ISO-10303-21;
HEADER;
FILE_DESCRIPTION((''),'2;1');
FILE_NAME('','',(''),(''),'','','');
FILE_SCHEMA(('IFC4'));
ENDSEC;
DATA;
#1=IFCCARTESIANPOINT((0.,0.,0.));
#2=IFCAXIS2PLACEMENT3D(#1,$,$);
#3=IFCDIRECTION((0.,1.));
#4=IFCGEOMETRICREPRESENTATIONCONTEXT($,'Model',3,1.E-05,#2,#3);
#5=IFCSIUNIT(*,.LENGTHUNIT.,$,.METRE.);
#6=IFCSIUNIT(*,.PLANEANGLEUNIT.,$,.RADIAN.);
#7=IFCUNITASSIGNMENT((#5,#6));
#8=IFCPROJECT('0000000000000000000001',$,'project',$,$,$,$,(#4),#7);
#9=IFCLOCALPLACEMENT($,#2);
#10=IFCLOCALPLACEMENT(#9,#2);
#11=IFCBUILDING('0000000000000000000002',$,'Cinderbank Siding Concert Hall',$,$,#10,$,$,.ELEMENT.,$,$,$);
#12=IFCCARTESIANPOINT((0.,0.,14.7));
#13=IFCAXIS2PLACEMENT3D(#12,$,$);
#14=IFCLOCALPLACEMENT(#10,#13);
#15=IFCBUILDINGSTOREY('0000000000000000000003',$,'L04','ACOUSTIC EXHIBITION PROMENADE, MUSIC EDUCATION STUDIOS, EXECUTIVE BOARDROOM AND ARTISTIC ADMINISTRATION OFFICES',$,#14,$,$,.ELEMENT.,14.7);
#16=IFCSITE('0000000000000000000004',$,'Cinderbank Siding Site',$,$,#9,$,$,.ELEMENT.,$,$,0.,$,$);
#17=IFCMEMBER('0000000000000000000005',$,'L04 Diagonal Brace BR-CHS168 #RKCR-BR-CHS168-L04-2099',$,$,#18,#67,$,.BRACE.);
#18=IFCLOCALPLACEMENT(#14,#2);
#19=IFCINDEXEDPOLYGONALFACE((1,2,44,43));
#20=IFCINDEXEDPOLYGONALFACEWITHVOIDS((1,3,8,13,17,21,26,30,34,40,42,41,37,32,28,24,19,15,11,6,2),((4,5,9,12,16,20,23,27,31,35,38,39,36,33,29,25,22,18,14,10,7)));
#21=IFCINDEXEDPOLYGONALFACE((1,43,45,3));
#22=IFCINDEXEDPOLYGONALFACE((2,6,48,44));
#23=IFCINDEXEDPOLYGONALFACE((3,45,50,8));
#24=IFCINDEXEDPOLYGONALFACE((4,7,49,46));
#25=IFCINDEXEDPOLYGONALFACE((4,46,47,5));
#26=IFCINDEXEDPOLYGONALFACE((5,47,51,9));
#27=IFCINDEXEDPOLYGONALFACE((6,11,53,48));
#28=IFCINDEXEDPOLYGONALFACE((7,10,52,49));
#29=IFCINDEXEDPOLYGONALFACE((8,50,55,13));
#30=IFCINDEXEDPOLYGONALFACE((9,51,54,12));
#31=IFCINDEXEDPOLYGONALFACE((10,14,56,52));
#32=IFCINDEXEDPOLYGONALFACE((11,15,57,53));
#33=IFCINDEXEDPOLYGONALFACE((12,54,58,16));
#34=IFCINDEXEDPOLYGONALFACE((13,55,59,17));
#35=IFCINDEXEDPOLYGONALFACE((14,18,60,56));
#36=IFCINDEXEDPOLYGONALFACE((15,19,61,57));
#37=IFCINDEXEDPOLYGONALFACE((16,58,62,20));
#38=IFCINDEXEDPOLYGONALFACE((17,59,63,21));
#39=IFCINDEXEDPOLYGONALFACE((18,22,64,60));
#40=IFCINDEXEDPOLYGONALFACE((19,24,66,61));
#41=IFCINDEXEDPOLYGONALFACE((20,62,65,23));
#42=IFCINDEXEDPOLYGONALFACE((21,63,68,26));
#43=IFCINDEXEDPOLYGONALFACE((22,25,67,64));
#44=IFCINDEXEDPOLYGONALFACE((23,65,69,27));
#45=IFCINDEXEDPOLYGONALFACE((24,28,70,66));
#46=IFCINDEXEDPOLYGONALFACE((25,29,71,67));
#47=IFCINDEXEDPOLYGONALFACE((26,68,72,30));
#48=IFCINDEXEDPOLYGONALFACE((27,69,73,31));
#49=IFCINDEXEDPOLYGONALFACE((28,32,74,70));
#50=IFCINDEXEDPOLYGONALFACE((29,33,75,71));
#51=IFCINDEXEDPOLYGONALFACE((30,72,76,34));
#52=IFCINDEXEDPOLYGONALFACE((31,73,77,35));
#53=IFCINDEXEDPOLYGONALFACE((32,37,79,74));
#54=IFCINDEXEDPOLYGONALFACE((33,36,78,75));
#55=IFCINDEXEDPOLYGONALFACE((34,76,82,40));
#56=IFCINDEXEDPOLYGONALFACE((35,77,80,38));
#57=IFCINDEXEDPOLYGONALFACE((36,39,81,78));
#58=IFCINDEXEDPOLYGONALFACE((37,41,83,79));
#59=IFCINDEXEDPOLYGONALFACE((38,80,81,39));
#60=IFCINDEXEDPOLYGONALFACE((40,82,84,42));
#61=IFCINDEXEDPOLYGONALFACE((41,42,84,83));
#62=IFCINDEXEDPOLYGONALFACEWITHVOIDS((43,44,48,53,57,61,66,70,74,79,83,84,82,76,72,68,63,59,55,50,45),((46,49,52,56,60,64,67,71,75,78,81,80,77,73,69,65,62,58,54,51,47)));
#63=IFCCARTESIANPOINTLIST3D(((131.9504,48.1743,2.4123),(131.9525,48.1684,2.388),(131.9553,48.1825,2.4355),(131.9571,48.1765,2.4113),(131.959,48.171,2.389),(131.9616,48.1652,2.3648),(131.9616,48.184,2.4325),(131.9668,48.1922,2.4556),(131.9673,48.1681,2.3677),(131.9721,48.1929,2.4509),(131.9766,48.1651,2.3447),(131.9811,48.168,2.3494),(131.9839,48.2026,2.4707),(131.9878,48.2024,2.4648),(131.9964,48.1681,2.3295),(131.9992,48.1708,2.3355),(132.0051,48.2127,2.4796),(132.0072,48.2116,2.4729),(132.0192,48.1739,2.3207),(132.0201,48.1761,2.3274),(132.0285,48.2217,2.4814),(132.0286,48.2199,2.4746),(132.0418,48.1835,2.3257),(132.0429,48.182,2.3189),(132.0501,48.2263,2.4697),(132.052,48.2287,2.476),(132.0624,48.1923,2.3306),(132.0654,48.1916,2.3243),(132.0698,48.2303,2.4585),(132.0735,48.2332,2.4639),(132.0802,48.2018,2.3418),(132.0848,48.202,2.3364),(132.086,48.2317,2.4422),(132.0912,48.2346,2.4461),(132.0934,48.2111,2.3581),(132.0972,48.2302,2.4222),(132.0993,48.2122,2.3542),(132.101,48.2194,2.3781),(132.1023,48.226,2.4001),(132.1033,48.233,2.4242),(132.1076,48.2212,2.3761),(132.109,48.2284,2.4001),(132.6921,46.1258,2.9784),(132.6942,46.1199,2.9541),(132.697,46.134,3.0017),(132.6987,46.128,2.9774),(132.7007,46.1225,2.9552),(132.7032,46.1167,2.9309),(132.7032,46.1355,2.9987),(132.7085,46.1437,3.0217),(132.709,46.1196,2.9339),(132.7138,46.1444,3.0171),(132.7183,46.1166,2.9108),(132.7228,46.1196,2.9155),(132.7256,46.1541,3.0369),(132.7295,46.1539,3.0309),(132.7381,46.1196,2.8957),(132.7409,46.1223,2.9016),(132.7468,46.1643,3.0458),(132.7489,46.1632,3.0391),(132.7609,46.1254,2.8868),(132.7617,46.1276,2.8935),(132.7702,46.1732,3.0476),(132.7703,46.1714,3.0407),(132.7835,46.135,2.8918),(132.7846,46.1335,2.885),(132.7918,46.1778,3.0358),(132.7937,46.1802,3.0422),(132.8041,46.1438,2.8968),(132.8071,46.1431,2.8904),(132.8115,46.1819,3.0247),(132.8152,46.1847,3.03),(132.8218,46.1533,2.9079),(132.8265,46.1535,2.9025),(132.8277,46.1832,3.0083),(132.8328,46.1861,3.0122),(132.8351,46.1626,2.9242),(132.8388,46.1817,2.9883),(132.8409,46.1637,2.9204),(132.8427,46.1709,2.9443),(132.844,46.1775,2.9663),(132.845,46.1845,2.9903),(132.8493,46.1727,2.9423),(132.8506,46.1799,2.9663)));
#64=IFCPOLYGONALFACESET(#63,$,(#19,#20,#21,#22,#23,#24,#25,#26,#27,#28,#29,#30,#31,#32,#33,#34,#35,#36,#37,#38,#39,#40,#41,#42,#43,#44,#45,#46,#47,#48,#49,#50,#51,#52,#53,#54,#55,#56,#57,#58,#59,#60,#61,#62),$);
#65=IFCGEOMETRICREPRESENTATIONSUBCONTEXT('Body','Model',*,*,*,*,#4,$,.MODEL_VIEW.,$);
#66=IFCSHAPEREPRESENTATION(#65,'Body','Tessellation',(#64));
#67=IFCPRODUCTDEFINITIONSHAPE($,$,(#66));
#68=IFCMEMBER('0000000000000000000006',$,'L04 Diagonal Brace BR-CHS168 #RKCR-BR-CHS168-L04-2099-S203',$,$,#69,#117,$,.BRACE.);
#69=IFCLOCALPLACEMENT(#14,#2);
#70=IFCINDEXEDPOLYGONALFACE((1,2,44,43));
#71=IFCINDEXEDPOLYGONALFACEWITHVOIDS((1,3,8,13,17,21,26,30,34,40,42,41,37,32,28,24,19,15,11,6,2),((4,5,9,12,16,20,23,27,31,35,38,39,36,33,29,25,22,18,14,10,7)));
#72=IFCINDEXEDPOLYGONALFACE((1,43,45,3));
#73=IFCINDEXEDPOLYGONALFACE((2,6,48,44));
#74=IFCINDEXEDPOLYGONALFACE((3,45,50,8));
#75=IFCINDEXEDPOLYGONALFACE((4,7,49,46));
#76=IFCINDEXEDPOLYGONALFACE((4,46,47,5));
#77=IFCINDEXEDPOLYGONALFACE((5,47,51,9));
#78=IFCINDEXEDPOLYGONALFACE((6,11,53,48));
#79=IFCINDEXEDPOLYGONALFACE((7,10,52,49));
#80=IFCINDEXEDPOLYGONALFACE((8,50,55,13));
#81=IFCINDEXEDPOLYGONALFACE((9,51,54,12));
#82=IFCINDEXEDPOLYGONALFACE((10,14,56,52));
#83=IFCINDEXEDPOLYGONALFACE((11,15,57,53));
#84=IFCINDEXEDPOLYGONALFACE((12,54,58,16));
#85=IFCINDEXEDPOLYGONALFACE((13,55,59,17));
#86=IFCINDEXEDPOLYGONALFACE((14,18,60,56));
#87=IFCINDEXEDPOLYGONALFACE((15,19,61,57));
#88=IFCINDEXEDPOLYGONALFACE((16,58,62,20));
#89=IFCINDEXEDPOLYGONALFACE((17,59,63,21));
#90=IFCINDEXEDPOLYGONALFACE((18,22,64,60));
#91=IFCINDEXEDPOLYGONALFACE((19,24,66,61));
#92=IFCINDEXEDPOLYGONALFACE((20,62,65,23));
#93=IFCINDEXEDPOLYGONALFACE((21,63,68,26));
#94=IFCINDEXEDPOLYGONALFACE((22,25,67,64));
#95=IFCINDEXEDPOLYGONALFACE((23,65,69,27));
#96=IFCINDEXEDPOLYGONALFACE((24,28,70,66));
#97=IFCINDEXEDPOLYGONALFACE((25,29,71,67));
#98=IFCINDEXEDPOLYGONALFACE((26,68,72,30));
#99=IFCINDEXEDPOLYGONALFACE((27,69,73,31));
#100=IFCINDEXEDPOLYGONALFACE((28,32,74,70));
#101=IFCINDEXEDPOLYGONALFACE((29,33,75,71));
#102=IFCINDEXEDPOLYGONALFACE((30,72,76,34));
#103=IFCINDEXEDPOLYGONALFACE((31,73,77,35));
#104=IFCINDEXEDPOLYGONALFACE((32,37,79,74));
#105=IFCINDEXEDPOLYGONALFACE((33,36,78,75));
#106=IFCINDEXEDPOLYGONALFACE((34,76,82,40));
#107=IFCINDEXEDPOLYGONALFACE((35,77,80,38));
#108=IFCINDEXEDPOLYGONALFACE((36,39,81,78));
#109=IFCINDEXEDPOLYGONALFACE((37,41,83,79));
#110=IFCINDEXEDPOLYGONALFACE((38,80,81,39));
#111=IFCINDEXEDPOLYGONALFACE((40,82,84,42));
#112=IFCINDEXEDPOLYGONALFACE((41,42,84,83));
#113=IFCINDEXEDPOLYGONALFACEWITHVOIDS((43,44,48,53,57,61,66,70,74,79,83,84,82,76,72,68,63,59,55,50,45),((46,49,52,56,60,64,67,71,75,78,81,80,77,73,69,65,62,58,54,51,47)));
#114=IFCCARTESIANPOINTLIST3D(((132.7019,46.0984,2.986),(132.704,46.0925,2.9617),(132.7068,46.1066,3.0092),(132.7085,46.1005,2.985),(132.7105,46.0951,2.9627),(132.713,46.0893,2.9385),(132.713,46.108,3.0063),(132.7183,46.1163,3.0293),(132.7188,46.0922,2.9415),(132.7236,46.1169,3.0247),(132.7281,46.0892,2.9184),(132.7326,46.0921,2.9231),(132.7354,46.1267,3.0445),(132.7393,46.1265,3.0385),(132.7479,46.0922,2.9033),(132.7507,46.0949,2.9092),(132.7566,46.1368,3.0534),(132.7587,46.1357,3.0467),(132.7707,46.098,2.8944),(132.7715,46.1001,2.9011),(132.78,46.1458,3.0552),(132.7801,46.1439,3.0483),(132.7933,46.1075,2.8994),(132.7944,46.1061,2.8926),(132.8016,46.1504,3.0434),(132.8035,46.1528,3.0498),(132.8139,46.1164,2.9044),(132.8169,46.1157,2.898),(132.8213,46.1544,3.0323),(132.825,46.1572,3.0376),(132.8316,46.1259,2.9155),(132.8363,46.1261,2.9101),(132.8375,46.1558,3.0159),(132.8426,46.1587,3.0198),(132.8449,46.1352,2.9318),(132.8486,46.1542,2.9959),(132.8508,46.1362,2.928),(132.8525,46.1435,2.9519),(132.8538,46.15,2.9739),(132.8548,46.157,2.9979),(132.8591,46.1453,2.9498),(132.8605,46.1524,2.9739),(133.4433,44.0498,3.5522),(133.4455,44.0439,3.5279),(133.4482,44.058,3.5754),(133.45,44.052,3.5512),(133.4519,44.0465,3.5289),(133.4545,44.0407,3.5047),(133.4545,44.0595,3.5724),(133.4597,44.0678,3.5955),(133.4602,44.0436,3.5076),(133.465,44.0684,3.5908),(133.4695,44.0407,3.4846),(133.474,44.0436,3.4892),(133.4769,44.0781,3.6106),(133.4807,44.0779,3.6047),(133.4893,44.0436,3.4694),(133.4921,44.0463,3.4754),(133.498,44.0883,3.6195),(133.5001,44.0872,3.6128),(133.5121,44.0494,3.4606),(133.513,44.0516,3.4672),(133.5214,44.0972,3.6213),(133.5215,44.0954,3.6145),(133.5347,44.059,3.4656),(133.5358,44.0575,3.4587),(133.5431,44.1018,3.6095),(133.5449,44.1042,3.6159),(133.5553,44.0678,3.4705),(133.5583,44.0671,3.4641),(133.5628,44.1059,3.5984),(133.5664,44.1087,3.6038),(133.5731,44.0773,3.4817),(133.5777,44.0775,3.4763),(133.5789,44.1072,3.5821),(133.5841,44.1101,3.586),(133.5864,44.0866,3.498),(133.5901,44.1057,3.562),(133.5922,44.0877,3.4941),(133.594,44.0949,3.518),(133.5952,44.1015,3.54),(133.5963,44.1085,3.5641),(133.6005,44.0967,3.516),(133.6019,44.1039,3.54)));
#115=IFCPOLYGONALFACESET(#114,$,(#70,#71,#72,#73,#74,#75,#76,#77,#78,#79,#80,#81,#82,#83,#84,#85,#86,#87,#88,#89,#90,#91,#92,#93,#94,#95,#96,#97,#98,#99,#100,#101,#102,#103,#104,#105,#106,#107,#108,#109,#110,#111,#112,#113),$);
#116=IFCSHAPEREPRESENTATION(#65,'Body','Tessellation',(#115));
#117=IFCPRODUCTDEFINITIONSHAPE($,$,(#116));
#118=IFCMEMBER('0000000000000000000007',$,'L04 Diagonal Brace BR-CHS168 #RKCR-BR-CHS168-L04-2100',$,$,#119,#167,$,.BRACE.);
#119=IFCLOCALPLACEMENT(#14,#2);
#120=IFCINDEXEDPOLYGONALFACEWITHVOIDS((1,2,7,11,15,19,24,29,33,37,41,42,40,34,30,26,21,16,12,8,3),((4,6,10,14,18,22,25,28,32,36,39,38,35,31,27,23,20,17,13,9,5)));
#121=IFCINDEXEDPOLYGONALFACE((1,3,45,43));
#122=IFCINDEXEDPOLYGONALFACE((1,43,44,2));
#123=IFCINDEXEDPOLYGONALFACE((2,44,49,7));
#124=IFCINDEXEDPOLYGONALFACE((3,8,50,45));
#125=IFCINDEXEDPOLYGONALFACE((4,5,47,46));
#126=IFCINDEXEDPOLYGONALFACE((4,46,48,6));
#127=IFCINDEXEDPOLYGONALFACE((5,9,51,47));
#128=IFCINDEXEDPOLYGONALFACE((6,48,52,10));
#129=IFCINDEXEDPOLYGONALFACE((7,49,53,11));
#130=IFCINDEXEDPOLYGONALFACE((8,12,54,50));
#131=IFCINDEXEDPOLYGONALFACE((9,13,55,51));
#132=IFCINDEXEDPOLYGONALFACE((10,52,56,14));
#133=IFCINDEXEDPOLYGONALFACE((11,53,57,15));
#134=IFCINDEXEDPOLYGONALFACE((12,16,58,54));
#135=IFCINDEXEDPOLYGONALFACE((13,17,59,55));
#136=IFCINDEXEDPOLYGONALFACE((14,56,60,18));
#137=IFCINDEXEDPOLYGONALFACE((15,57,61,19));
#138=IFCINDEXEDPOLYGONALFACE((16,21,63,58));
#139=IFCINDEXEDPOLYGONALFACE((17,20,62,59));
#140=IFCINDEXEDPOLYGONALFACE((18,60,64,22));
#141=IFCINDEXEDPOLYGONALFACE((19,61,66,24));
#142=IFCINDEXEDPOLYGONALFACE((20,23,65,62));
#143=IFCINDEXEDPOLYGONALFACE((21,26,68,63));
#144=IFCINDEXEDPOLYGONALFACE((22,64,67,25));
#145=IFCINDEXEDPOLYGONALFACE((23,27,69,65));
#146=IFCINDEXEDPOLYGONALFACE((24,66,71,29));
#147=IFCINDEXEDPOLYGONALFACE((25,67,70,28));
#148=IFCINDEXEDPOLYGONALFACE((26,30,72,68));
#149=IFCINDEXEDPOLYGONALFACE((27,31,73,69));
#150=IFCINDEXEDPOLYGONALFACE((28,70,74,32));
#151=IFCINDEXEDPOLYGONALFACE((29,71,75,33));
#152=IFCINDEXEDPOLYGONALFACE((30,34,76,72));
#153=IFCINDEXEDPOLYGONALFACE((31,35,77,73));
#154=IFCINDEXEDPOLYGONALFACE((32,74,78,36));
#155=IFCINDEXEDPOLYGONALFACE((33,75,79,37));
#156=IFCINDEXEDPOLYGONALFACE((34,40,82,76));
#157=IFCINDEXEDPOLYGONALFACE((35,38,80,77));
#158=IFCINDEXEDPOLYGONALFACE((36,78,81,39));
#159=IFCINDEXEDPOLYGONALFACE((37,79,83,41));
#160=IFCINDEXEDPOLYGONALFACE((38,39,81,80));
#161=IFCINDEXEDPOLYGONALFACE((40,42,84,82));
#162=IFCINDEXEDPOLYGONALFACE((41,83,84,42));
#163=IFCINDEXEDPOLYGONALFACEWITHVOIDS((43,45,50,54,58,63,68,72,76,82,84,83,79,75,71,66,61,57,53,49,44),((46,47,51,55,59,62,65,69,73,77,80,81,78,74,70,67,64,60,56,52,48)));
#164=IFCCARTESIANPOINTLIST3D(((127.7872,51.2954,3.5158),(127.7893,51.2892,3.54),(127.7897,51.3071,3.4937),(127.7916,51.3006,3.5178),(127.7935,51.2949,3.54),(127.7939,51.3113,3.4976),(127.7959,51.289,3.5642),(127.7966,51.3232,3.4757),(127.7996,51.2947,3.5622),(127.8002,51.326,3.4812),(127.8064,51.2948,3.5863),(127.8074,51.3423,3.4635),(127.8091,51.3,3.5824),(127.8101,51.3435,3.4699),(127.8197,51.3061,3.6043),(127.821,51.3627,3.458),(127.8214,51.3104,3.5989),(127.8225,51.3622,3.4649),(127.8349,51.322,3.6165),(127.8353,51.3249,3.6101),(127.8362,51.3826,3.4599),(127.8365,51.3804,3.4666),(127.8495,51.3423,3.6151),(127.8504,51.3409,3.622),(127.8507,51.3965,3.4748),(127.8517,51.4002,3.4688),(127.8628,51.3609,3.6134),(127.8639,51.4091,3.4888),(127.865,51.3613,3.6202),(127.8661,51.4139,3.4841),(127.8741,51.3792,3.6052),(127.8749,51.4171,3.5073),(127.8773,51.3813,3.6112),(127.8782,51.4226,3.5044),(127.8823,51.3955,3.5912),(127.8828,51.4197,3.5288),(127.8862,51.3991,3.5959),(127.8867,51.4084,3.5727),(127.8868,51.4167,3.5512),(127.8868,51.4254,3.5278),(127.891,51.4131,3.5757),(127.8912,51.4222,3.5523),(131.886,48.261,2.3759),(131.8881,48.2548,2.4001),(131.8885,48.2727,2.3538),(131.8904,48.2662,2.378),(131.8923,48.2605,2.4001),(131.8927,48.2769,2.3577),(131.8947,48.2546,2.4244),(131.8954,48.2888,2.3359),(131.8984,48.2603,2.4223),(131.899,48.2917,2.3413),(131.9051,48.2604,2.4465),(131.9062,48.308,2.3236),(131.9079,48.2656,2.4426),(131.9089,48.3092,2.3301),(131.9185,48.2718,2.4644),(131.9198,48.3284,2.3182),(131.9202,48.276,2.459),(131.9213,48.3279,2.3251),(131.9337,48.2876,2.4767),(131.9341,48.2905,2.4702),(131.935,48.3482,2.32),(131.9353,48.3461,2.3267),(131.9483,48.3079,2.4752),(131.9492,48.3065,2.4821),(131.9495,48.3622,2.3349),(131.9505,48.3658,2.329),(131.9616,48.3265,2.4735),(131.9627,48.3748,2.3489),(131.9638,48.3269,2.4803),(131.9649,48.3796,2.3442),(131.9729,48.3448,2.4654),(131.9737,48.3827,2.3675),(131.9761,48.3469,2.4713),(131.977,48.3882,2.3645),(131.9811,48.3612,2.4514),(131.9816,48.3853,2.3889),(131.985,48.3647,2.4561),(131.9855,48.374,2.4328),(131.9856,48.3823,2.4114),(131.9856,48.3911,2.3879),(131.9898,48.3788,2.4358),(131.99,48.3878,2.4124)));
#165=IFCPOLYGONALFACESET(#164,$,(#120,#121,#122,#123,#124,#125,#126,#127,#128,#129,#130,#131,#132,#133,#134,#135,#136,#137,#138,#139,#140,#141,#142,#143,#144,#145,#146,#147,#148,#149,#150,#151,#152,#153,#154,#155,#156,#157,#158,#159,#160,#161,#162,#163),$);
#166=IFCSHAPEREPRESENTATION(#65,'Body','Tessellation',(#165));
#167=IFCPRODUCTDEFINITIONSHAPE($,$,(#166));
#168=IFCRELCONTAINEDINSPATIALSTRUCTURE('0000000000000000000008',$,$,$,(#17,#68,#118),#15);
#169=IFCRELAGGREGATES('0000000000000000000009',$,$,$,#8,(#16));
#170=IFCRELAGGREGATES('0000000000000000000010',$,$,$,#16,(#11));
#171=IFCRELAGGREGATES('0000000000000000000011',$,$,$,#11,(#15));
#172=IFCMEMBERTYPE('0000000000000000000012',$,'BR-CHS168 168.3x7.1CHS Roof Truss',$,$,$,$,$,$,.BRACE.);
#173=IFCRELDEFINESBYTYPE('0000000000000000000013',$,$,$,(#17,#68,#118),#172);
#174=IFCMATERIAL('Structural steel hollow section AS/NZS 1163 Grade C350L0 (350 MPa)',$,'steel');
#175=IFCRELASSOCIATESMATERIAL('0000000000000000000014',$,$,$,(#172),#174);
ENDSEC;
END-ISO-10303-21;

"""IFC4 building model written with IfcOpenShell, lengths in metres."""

from ifc_helpers import new_model, si_unit, direction, frame, origin, origin_2d, place, context, subcontext, project, spatial, hollow_circle, extrude, material, material_profile, profile_set, type_object, element, save


model = new_model("IFC4")

# Units and contexts
model_context = context("Model", 3, precision=1e-05, world=origin(), true_north=direction((0.0, 1.0)))
body_context = subcontext(model_context, "Body", "Model", "MODEL_VIEW")
ifc_project = project(units=[si_unit("LENGTHUNIT", "METRE"), si_unit("PLANEANGLEUNIT", "RADIAN")], contexts=[model_context])

# Site, building, storey
site_placement = place(None, origin())
site = spatial("IfcSite", under=ifc_project, at=site_placement, Name="Cinderbank Siding Site", CompositionType="ELEMENT", RefElevation=0.0)
building_placement = place(site_placement, origin())
building = spatial("IfcBuilding", under=site, at=building_placement, Name="Cinderbank Siding Concert Hall", CompositionType="ELEMENT")
storey_placement = place(building_placement, frame((0.0, 0.0, 14.7)))
storey = spatial("IfcBuildingStorey", under=building, at=storey_placement, Name="L04", Description="ACOUSTIC EXHIBITION PROMENADE, MUSIC EDUCATION STUDIOS, EXECUTIVE BOARDROOM AND ARTISTIC ADMINISTRATION OFFICES", CompositionType="ELEMENT", Elevation=14.7)

# Shared definitions
ifc_material_1 = material(Name="Structural steel hollow section AS/NZS 1163 Grade C350L0 (350 MPa)", Category="steel")

# Members
ifc_material_profile_1 = material_profile(ifc_material_1, hollow_circle(Radius=0.0842, WallThickness=0.0071, at=origin_2d()), Name="168.3x7.1CHS", Category="LoadBearing")
ifc_profile_set_1 = profile_set([ifc_material_profile_1], Name="Structural steel hollow section AS/NZS 1163 Grade C350L0 (350 MPa)")
member_type = type_object("IfcMemberType", Name="BR-CHS168 168.3x7.1CHS Roof Truss", PredefinedType="BRACE", material=ifc_profile_set_1)
for number, where, z_axis, x_axis, name in (
    (1, (132.0298, 48.1997, 2.4001), (0.329486, -0.910046, 0.251507), (0.94027, 0.340429, 0.0), "L04 Diagonal Brace BR-CHS168 #RKCR-BR-CHS168-L04-2099"),
    (2, (132.7812, 46.1238, 2.9739), (0.32939, -0.910078, 0.251516), (0.940306, 0.34033, 0.0), "L04 Diagonal Brace BR-CHS168 #RKCR-BR-CHS168-L04-2099-S203"),
):
    element("IfcMember", number, at=place(storey_placement, frame(where, z_axis=z_axis, x_axis=x_axis)), inside=storey, type_object=member_type, Name=name, PredefinedType="BRACE", context=body_context, shape_type="SweptSolid", body=[
        extrude(hollow_circle(Radius=0.0842, WallThickness=0.0071, at=origin_2d()), origin(), (0.0, 0.0, 1.0), 2.251),
    ])
member_1_placement = place(storey_placement, frame((131.9382, 48.3225, 2.4001), z_axis=(-0.78437, 0.580674, 0.218132), x_axis=(-0.595002, -0.803724, 0.0)))
element("IfcMember", 3, at=member_1_placement, inside=storey, type_object=member_type, Name="L04 Diagonal Brace BR-CHS168 #RKCR-BR-CHS168-L04-2100", PredefinedType="BRACE", context=body_context, shape_type="SweptSolid", body=[
    extrude(hollow_circle(Radius=0.0842, WallThickness=0.0071, at=origin_2d()), origin(), (0.0, 0.0, 1.0), 5.2256),
])

save(model, "model.ifc")
